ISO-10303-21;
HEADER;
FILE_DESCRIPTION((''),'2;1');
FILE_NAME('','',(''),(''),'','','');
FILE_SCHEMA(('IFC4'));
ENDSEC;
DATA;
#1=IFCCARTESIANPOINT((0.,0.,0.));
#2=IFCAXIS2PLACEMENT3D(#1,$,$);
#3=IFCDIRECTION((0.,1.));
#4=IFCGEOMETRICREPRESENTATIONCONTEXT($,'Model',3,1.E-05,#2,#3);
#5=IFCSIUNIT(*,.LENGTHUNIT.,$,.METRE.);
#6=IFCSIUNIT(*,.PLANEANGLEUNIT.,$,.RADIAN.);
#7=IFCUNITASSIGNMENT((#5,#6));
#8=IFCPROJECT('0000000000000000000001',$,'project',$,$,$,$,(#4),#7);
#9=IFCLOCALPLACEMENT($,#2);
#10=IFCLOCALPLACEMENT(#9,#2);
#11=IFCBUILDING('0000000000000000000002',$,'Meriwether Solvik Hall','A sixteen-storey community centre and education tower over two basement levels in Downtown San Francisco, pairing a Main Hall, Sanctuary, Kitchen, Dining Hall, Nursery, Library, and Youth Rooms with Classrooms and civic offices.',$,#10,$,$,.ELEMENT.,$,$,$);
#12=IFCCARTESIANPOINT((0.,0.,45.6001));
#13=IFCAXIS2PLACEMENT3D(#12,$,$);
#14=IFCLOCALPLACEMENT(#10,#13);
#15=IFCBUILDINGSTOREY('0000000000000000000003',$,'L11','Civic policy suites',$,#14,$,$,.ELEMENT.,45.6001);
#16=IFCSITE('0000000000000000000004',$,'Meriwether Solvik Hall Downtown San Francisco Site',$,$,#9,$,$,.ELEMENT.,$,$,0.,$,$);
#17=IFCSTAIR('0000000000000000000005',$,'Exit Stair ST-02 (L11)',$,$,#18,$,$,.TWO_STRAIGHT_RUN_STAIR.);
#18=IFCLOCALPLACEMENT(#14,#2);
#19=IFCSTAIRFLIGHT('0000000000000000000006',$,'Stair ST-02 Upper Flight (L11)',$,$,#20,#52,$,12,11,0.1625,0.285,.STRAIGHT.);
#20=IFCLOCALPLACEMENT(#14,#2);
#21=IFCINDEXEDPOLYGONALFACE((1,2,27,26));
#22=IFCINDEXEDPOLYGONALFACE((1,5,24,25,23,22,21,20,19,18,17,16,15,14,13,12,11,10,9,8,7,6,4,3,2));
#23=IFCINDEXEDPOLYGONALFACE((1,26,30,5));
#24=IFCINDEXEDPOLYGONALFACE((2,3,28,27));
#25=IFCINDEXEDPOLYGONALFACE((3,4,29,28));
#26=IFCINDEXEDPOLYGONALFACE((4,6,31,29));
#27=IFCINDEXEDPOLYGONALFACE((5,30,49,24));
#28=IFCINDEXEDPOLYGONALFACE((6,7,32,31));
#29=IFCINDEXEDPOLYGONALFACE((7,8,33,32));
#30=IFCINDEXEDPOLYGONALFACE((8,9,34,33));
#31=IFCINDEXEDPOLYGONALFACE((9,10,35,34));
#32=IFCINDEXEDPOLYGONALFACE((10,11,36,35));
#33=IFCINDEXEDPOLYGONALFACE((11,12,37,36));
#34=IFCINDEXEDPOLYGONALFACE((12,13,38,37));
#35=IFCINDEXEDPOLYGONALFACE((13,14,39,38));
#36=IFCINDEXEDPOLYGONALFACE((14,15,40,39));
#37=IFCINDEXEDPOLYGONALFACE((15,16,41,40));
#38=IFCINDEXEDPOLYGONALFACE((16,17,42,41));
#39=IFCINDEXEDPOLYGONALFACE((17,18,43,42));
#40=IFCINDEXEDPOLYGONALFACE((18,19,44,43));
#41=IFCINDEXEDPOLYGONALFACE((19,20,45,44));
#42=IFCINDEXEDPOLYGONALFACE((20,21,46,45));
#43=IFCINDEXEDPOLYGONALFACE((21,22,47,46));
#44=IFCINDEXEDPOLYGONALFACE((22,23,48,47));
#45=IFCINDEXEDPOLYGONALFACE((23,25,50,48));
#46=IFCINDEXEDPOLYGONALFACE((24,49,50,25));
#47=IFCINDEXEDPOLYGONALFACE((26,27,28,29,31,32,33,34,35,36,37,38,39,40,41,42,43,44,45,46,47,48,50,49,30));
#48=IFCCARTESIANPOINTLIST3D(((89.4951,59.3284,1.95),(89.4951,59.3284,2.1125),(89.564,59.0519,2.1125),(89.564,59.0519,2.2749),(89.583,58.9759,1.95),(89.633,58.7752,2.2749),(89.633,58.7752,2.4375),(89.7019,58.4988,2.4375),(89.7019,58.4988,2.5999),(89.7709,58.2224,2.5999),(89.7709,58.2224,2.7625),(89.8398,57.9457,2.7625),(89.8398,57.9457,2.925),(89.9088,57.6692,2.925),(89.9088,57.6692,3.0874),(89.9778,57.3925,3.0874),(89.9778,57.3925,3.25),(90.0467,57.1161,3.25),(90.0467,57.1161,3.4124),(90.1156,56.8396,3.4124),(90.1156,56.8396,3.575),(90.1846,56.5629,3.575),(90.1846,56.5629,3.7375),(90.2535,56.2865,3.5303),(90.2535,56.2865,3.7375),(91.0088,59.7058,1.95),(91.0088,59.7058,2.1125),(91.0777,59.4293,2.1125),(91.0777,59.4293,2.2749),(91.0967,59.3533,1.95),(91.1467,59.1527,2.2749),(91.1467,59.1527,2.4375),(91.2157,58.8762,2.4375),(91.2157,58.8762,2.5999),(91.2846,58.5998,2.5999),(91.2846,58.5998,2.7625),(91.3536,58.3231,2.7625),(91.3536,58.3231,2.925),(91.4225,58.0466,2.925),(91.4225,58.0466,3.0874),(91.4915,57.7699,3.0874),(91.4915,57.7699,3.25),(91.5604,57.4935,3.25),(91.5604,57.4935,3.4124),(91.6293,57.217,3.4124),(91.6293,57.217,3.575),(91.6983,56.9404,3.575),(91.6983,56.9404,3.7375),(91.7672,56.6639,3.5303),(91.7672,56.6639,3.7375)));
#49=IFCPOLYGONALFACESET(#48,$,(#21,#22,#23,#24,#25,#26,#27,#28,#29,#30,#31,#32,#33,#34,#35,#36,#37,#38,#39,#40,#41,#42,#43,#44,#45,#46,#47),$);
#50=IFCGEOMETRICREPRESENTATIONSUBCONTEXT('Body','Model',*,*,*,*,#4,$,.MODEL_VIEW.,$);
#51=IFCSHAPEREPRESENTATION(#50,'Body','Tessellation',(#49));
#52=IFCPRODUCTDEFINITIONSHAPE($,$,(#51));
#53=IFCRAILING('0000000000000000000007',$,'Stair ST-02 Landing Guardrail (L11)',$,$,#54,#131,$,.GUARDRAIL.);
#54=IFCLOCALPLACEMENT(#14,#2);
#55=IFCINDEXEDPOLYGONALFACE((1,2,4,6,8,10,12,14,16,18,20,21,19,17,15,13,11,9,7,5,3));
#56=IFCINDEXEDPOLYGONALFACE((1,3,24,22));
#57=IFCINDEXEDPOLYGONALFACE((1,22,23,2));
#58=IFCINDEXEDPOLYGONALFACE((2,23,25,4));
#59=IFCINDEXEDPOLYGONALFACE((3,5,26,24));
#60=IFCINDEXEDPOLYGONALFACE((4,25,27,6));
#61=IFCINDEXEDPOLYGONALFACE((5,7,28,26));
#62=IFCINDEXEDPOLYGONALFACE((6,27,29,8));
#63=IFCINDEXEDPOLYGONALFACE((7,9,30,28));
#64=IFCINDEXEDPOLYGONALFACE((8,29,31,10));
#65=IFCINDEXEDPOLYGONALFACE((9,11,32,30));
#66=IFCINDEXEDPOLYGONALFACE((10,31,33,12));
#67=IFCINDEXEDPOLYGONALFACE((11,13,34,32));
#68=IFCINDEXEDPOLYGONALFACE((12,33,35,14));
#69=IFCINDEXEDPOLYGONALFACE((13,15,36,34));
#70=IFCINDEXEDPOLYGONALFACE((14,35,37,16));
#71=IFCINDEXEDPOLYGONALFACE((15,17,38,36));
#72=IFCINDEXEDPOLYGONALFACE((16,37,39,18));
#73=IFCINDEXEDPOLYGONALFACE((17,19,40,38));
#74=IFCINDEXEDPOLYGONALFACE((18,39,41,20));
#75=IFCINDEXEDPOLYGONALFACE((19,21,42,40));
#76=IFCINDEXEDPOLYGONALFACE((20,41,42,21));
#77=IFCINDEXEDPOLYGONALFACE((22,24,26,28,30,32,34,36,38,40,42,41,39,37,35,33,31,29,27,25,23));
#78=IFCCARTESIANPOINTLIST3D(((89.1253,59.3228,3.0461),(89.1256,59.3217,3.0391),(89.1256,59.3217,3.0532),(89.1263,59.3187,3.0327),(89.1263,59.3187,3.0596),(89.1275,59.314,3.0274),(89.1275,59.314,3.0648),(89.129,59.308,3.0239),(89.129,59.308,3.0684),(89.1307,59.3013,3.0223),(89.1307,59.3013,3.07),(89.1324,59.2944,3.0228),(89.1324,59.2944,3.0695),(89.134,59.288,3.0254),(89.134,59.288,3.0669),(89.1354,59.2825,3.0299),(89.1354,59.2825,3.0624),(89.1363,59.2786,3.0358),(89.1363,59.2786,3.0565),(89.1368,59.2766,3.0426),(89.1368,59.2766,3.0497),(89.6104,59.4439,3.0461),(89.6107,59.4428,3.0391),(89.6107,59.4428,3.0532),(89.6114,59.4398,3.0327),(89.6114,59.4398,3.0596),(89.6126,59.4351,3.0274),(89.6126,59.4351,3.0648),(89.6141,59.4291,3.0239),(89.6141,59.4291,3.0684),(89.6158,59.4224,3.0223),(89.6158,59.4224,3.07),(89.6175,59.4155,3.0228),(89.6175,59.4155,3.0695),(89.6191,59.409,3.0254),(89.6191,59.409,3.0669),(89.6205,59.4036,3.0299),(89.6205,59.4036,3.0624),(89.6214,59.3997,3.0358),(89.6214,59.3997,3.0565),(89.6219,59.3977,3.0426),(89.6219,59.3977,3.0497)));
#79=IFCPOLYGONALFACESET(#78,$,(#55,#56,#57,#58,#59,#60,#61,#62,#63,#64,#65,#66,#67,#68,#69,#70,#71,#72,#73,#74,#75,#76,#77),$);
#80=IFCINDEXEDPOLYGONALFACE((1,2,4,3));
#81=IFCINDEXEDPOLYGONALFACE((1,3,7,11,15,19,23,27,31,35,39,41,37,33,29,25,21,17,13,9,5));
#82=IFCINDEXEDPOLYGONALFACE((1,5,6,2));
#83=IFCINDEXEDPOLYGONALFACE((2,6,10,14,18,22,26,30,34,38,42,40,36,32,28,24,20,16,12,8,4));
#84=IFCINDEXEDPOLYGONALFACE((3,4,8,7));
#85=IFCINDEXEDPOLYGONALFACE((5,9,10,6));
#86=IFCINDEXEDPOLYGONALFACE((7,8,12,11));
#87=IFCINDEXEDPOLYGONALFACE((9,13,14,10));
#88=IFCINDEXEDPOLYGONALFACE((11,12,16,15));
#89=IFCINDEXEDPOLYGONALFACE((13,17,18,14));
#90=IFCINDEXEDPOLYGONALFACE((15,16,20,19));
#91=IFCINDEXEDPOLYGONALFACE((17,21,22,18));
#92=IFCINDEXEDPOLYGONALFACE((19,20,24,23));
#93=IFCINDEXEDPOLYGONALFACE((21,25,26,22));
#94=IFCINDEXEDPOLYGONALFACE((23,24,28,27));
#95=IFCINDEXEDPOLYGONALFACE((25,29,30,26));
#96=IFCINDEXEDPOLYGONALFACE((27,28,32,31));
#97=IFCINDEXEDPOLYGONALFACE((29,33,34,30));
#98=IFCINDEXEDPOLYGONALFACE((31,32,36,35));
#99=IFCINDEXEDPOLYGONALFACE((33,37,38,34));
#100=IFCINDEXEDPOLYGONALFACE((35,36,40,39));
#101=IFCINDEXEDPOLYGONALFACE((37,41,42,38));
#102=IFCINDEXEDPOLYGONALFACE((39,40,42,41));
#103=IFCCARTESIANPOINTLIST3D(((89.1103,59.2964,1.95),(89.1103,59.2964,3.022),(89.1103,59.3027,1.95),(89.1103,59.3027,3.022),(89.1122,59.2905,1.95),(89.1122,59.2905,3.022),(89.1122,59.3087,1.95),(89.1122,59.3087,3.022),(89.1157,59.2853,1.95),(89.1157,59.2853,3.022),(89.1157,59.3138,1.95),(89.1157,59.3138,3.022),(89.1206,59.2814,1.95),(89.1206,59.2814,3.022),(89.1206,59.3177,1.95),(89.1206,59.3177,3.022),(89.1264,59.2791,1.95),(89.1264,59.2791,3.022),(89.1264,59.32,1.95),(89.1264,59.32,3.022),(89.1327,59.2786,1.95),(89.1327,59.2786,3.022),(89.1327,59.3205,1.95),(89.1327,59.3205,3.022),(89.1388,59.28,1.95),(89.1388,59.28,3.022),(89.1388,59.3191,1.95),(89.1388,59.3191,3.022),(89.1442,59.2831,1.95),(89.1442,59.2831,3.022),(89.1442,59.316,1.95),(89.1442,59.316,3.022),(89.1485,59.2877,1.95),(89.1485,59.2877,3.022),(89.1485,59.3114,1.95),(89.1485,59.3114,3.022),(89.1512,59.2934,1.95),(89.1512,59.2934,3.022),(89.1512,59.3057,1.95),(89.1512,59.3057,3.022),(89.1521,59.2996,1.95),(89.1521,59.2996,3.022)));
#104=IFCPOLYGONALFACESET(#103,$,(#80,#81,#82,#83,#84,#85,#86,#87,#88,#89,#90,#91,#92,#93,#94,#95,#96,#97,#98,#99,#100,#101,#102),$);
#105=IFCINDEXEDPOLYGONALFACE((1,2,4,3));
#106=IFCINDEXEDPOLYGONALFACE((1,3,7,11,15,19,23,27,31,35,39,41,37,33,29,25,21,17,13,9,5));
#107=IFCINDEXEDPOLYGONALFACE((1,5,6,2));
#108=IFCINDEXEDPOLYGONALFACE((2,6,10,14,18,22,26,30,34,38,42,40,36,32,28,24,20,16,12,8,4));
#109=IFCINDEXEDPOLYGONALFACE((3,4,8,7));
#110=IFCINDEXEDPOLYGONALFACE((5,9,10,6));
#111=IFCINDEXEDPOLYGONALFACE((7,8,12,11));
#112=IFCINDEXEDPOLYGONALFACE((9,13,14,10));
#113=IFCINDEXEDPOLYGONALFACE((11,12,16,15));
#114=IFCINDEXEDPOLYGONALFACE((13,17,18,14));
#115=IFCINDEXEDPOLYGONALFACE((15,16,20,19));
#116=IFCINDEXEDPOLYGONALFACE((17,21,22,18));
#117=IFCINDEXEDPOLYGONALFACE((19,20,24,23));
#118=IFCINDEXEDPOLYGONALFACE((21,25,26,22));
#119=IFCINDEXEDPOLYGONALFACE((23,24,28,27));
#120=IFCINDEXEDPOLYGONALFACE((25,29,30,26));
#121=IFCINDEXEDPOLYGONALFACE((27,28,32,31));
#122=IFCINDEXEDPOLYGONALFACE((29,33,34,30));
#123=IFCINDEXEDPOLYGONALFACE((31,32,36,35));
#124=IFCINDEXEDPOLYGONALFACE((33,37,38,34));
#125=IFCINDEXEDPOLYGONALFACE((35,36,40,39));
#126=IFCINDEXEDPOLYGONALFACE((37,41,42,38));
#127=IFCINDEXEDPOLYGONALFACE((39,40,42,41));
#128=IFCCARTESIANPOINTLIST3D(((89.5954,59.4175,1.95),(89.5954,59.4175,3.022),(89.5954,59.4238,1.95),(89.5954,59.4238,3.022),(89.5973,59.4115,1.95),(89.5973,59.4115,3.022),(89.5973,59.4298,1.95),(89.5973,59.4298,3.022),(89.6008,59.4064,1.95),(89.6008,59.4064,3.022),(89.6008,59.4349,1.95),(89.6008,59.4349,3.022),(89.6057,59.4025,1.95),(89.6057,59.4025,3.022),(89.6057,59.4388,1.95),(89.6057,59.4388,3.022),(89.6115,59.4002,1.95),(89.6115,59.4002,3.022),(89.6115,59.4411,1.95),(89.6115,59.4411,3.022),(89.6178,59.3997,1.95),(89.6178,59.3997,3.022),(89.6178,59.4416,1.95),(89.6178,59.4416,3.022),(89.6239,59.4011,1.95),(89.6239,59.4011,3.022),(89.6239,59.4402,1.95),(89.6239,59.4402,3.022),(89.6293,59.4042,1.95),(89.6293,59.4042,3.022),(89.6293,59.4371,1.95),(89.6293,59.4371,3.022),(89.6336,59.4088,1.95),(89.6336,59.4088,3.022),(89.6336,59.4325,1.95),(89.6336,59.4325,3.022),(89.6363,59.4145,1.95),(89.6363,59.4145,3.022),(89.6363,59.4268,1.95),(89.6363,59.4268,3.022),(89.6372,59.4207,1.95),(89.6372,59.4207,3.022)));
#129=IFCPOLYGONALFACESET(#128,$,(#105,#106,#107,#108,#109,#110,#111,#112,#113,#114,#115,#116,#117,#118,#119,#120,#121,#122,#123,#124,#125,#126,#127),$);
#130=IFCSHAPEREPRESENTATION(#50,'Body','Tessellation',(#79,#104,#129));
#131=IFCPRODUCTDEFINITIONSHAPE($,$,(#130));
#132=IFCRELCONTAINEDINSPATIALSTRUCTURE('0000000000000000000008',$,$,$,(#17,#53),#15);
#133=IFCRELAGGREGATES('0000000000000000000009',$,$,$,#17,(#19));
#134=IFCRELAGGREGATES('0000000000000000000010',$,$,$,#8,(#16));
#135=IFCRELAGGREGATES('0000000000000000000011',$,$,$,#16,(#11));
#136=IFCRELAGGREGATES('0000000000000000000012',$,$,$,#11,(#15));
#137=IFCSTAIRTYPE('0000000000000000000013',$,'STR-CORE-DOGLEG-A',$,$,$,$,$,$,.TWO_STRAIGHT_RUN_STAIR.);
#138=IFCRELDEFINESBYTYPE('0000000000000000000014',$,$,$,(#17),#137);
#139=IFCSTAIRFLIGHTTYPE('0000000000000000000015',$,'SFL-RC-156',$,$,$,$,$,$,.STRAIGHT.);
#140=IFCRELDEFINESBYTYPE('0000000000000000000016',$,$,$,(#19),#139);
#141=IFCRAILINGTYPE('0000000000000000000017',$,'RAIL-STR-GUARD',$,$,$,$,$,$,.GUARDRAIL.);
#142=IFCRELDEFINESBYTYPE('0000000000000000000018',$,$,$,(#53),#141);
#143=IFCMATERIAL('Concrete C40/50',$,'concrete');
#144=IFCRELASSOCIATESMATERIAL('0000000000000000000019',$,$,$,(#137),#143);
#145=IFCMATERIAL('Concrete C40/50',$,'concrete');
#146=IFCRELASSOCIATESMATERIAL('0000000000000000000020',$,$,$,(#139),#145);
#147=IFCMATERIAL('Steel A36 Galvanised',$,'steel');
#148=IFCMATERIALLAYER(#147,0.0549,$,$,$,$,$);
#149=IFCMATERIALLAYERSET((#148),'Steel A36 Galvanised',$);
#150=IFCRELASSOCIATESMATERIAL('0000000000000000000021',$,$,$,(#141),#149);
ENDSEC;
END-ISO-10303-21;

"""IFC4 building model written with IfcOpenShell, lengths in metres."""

from ifc_helpers import new_model, si_unit, direction, frame, origin, origin_2d, place, context, subcontext, project, spatial, polyline, circle, outline, extrude, material, layer, layer_set, type_object, element, aggregate, save


model = new_model("IFC4")

# Units and contexts
model_context = context("Model", 3, precision=1e-05, world=origin(), true_north=direction((0.0, 1.0)))
body_context = subcontext(model_context, "Body", "Model", "MODEL_VIEW")
ifc_project = project(units=[si_unit("LENGTHUNIT", "METRE"), si_unit("PLANEANGLEUNIT", "RADIAN")], contexts=[model_context])

# Site, building, storey
site_placement = place(None, origin())
site = spatial("IfcSite", under=ifc_project, at=site_placement, Name="Meriwether Solvik Hall Downtown San Francisco Site", CompositionType="ELEMENT", RefElevation=0.0)
building_placement = place(site_placement, origin())
building = spatial("IfcBuilding", under=site, at=building_placement, Name="Meriwether Solvik Hall", Description="A sixteen-storey community centre and education tower over two basement levels in Downtown San Francisco, pairing a Main Hall, Sanctuary, Kitchen, Dining Hall, Nursery, Library, and Youth Rooms with Classrooms and civic offices.", CompositionType="ELEMENT")
storey_placement = place(building_placement, frame((0.0, 0.0, 45.6001)))
storey = spatial("IfcBuildingStorey", under=building, at=storey_placement, Name="L11", Description="Civic policy suites", CompositionType="ELEMENT", Elevation=45.6001)

# Stair, stair flight
ifc_material_1 = material(Name="Concrete C40/50", Category="concrete")
stair_type = type_object("IfcStairType", Name="STR-CORE-DOGLEG-A", PredefinedType="TWO_STRAIGHT_RUN_STAIR", material=ifc_material_1)
stair_placement = place(storey_placement, origin())
stair = element("IfcStair", 1, at=stair_placement, inside=storey, type_object=stair_type, Name="Exit Stair ST-02 (L11)", PredefinedType="TWO_STRAIGHT_RUN_STAIR")
ifc_material_2 = material(Name="Concrete C40/50", Category="concrete")
stair_flight_type = type_object("IfcStairFlightType", Name="SFL-RC-156", PredefinedType="STRAIGHT", material=ifc_material_2)
stair_flight_1_placement = place(storey_placement, frame((90.252, 59.5171, 1.95), z_axis=(0.0, 0.0, 1.0), x_axis=(0.241922, -0.970296, 0.0)))
stair_flight_1 = element("IfcStairFlight", 2, at=stair_flight_1_placement, type_object=stair_flight_type, Name="Stair ST-02 Upper Flight (L11)", NumberOfRisers=12, NumberOfTreads=11, PredefinedType="STRAIGHT", RiserHeight=0.1625, TreadLength=0.285, context=body_context, shape_type="SweptSolid", body=[
    extrude(outline(polyline([(0.0, 0.0), (0.0, 0.1626), (0.2849, 0.1626), (0.2849, 0.325), (0.5701, 0.325), (0.5701, 0.4875), (0.855, 0.4875), (0.855, 0.6499), (1.1399, 0.6499), (1.1399, 0.8125), (1.425, 0.8125), (1.425, 0.9751), (1.71, 0.9751), (1.71, 1.1375), (1.9951, 1.1375), (1.9951, 1.3), (2.28, 1.3), (2.28, 1.4624), (2.5649, 1.4624), (2.5649, 1.625), (2.8501, 1.625), (2.8501, 1.7876), (3.135, 1.7876), (3.135, 1.95), (3.135, 1.5803), (0.3633, 0.0), (0.0, 0.0)])), frame((0.0, 0.78, 0.0), z_axis=(0.0, -1.0, 0.0), x_axis=(1.0, 0.0, 0.0)), (0.0, 0.0, 1.0), 1.5601),
])
aggregate(stair, [stair_flight_1])

# Railing
ifc_material_3 = material(Name="Steel A36 Galvanised", Category="steel")
ifc_layer_1 = layer(ifc_material_3, 0.0549)
ifc_layer_set_1 = layer_set([ifc_layer_1], Name="Steel A36 Galvanised")
railing_type_1 = type_object("IfcRailingType", Name="RAIL-STR-GUARD", PredefinedType="GUARDRAIL", material=ifc_layer_set_1)
railing_1_placement = place(storey_placement, frame((89.1311, 59.2996, 1.95)))
element("IfcRailing", 3, at=railing_1_placement, inside=storey, type_object=railing_type_1, Name="Stair ST-02 Landing Guardrail (L11)", PredefinedType="GUARDRAIL", context=body_context, shape_type="SweptSolid", body=[
    extrude(circle(Radius=0.0239, at=origin_2d()), frame((0.0, 0.0, 1.0962), z_axis=(0.970229, 0.242191, 0.0), x_axis=(-0.242191, 0.970229, 0.0)), (0.0, 0.0, 1.0), 0.5),
    extrude(circle(Radius=0.021, at=origin_2d()), origin(), (0.0, 0.0, 1.0), 1.072),
    extrude(circle(Radius=0.021, at=origin_2d()), frame((0.4851, 0.1211, 0.0)), (0.0, 0.0, 1.0), 1.072),
])

save(model, "model.ifc")
